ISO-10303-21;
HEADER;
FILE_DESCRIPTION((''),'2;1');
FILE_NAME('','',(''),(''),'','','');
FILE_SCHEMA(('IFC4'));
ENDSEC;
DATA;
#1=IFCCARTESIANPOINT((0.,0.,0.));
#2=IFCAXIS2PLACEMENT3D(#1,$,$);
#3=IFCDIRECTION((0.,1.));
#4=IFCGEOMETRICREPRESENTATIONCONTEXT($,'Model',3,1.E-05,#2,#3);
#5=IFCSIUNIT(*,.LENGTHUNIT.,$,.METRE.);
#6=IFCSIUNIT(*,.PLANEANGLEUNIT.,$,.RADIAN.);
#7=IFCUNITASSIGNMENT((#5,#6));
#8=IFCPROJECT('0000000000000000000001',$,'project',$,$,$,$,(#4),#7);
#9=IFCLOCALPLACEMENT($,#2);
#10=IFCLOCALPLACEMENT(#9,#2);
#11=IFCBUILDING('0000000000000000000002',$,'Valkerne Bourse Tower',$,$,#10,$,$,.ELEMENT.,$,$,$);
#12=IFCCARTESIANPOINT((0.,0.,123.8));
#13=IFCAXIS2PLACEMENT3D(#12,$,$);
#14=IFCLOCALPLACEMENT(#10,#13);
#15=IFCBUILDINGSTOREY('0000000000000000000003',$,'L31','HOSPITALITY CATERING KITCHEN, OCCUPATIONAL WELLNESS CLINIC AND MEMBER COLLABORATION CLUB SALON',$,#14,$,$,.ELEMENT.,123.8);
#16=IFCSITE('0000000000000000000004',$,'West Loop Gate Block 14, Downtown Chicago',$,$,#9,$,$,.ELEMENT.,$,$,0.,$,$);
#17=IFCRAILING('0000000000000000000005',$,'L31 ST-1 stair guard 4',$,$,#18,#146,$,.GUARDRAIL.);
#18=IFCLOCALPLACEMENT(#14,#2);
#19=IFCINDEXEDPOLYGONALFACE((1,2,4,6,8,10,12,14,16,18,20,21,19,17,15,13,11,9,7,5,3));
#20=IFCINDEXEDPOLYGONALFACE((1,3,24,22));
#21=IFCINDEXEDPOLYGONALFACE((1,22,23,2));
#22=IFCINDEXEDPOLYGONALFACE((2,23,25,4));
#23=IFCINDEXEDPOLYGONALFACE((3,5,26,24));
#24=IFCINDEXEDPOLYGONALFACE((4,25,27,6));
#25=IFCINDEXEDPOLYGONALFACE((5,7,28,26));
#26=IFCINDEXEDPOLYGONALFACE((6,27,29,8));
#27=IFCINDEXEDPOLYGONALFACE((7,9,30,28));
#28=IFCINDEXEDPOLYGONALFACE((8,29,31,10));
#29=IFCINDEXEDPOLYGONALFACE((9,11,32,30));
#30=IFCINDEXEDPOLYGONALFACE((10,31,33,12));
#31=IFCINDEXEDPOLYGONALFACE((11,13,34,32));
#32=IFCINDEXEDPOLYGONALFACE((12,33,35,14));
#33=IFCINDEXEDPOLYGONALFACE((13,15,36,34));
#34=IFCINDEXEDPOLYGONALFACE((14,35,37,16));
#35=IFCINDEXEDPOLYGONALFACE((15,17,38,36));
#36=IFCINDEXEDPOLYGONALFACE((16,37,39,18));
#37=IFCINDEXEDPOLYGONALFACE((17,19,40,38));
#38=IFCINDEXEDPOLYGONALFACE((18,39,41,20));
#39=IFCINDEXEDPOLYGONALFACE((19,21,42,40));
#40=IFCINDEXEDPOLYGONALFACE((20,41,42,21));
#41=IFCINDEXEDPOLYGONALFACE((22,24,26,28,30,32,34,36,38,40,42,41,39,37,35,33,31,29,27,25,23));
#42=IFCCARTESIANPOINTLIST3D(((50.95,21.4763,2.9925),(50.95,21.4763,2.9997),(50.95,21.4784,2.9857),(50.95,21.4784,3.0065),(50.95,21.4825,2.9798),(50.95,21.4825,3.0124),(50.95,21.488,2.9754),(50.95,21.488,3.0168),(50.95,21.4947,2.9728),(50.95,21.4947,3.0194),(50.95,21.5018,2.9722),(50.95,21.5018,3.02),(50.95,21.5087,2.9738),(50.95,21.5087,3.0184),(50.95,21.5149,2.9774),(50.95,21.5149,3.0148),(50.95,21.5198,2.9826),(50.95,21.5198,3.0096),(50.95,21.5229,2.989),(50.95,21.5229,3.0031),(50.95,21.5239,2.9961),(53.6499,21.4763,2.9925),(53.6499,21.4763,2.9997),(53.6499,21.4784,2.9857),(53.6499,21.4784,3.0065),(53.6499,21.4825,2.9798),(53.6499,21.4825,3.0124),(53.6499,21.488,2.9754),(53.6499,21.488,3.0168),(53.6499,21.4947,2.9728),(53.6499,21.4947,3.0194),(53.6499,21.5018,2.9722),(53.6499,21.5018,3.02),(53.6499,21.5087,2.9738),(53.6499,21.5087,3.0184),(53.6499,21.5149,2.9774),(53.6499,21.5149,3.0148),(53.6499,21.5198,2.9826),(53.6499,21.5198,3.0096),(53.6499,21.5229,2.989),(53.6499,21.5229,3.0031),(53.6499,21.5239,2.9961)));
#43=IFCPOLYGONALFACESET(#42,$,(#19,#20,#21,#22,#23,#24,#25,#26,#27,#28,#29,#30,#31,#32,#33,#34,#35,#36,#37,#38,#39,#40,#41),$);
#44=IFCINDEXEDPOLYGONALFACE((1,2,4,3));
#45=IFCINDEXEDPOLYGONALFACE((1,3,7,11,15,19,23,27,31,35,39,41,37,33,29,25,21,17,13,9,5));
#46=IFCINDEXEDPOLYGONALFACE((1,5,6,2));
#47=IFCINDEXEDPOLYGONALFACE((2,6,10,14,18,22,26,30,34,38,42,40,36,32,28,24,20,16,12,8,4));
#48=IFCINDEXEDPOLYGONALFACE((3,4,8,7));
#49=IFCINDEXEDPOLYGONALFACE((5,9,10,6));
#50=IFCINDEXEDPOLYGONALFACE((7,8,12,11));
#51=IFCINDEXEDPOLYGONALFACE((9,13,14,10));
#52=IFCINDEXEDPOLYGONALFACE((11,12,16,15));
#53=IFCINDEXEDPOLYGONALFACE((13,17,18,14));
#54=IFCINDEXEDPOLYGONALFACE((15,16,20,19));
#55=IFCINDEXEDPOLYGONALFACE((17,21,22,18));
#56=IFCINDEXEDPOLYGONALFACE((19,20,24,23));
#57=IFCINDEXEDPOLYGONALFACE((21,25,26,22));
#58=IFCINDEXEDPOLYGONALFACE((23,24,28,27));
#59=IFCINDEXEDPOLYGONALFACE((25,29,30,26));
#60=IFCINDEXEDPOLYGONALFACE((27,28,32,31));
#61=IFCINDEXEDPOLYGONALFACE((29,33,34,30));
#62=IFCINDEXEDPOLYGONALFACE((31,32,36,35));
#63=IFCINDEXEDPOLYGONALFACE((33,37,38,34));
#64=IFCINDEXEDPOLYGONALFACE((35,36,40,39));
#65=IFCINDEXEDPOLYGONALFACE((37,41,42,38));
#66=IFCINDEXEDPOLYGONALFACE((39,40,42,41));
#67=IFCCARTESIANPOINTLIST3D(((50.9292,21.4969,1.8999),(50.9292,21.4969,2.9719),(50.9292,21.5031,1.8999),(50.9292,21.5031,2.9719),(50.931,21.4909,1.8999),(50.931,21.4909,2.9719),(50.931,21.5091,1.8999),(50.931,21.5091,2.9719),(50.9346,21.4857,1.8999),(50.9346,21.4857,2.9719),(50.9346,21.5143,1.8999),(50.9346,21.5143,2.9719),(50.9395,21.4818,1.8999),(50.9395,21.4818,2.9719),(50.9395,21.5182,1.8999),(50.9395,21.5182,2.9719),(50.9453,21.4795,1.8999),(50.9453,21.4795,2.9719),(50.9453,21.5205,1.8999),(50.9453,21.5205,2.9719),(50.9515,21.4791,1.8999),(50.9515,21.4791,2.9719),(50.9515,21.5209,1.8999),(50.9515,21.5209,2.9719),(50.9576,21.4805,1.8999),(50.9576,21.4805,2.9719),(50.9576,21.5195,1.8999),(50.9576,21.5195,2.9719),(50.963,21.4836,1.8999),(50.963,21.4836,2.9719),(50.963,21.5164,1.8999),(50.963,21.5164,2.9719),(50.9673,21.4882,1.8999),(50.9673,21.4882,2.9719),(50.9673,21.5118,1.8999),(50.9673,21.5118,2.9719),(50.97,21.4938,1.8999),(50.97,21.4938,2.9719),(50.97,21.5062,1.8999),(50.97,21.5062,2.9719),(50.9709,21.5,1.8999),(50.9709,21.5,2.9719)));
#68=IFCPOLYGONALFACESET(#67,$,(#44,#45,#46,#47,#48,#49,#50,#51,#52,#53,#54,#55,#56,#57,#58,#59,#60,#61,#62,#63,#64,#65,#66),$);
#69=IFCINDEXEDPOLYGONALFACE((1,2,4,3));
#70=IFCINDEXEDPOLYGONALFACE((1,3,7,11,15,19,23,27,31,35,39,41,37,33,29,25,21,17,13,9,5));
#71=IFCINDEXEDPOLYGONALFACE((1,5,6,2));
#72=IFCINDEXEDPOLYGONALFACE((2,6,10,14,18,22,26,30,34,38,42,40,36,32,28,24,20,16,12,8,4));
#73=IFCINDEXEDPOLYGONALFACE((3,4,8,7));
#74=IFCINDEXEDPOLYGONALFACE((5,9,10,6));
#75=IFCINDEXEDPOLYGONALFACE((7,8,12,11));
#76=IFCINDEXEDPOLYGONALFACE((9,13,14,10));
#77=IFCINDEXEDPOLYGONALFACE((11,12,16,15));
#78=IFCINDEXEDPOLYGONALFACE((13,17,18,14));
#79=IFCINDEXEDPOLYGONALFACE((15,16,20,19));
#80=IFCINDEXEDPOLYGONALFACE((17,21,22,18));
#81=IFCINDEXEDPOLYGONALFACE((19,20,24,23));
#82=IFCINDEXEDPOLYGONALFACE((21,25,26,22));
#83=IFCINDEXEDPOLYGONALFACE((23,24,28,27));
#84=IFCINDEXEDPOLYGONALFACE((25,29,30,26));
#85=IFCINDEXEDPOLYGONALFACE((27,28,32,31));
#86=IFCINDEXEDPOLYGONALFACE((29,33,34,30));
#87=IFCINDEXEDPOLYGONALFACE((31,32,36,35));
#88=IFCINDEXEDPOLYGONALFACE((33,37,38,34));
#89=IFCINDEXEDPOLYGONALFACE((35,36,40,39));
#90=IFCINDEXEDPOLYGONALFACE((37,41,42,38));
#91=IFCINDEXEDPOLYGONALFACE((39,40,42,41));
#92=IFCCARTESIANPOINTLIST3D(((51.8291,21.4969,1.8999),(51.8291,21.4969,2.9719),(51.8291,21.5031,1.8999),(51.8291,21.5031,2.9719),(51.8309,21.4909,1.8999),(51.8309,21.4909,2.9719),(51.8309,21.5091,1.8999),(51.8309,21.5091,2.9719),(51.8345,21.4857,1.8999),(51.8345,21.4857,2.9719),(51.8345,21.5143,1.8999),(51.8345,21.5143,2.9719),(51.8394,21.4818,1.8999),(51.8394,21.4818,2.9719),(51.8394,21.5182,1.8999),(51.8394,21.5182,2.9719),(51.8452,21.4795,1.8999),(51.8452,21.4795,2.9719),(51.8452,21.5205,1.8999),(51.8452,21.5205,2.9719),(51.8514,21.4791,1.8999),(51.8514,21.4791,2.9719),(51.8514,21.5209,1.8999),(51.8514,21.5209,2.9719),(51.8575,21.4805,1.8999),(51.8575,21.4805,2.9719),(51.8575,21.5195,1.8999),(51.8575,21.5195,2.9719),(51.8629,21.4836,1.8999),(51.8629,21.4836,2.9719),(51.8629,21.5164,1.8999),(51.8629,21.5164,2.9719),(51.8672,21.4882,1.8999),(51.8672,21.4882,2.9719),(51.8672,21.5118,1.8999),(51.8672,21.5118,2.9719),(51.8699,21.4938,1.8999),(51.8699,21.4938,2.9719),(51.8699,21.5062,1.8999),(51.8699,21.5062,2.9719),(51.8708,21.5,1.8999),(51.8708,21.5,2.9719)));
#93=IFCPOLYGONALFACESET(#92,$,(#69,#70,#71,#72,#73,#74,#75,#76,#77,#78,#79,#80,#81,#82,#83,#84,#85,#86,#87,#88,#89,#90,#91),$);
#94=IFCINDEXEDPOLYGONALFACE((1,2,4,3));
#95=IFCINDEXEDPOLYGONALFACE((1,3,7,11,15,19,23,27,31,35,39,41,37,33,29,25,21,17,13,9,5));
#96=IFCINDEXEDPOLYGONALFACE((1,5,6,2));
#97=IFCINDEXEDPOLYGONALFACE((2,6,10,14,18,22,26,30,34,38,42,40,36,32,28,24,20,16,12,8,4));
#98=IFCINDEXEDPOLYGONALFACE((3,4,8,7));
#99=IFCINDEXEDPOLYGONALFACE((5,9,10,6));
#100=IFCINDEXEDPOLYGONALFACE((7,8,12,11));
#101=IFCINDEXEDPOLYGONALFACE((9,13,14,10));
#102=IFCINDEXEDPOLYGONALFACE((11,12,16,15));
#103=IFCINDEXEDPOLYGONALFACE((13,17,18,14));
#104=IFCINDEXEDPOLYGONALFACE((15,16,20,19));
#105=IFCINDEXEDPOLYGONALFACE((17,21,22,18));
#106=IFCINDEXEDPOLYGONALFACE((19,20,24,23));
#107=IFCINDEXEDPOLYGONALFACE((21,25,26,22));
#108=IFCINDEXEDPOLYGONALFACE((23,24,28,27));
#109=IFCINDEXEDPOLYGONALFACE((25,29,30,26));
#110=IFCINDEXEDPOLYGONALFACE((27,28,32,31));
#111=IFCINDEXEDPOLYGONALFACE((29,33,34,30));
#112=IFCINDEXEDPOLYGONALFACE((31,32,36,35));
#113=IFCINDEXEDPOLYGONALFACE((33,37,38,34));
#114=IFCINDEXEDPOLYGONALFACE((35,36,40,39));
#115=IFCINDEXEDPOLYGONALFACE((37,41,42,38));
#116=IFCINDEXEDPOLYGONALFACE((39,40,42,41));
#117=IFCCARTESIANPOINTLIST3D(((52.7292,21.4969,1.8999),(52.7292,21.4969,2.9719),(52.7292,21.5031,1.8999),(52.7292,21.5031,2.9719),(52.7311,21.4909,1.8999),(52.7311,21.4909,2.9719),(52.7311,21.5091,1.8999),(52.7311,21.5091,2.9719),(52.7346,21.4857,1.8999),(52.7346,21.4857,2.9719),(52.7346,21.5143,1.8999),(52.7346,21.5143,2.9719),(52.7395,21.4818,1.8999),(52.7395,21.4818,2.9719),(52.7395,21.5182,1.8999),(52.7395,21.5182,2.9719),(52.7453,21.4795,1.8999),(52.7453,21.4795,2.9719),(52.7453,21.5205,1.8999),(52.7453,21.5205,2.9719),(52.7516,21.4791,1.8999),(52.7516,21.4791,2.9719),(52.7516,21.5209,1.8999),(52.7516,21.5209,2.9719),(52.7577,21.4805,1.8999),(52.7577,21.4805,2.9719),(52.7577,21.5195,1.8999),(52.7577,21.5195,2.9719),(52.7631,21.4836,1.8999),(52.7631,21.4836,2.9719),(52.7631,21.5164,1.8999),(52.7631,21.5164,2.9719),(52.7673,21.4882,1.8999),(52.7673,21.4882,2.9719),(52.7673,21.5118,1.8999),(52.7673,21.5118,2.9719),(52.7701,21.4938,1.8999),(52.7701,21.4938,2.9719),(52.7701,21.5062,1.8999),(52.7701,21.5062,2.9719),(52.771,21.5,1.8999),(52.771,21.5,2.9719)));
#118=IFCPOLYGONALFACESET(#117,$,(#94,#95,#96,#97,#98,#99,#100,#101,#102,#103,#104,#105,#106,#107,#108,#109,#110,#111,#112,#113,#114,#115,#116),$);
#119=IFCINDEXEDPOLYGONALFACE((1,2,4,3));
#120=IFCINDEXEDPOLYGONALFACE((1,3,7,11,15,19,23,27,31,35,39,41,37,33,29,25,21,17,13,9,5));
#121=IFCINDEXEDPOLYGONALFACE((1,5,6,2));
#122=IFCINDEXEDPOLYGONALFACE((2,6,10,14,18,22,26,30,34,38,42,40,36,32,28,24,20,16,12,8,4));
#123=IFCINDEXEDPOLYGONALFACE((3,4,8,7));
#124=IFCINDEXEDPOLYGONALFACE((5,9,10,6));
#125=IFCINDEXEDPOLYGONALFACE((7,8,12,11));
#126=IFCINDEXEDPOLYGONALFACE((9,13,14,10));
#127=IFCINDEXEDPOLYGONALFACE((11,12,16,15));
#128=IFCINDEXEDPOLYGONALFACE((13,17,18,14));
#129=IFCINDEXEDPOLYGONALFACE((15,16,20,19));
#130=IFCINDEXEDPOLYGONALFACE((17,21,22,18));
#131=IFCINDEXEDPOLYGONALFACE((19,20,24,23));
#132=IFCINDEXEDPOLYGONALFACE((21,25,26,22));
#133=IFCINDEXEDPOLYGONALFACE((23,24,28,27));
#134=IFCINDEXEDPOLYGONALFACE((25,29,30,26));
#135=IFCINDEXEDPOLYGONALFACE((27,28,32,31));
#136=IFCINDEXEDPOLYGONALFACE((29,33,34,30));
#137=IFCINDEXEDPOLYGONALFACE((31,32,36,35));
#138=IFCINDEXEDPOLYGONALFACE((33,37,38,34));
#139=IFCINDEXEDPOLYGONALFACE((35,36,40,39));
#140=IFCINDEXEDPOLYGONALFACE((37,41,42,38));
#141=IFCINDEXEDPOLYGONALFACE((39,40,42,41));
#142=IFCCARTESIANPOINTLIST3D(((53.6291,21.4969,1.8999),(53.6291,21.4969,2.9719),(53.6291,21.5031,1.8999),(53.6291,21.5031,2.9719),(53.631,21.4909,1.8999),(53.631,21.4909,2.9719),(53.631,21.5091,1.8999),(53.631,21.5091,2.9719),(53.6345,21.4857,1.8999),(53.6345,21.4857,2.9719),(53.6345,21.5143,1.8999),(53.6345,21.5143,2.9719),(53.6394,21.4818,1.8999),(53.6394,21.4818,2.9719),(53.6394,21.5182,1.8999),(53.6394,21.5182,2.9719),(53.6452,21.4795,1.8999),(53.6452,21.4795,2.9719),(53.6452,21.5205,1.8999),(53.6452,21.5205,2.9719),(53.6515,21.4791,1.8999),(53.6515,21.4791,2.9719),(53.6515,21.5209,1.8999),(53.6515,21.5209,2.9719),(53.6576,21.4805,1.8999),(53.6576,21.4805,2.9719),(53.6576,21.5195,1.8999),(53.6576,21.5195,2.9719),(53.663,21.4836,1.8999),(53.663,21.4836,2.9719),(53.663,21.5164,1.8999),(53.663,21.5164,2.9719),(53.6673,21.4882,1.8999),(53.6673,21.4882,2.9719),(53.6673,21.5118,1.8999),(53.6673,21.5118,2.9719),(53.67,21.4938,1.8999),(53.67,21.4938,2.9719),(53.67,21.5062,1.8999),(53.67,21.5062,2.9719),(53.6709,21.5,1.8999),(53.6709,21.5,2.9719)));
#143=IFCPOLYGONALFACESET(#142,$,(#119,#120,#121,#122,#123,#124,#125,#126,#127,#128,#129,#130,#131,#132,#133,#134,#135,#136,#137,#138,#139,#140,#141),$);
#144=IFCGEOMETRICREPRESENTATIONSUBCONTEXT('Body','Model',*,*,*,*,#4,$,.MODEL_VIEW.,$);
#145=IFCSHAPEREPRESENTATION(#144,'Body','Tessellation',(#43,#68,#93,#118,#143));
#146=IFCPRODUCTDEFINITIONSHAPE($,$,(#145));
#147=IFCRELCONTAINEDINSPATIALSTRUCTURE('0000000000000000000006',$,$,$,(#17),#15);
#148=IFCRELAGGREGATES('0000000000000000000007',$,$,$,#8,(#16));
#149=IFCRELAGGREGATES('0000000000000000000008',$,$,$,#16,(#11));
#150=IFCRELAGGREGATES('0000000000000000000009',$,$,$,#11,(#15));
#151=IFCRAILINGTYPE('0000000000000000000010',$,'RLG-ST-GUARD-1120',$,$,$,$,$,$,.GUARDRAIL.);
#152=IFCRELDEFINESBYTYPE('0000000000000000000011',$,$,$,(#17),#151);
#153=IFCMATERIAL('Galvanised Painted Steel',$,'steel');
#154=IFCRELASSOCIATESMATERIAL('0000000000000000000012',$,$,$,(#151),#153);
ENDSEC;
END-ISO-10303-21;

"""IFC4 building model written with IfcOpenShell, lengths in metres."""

from ifc_helpers import new_model, si_unit, direction, frame, origin, origin_2d, place, context, subcontext, project, spatial, circle, extrude, material, type_object, element, save


model = new_model("IFC4")

# Units and contexts
model_context = context("Model", 3, precision=1e-05, world=origin(), true_north=direction((0.0, 1.0)))
body_context = subcontext(model_context, "Body", "Model", "MODEL_VIEW")
ifc_project = project(units=[si_unit("LENGTHUNIT", "METRE"), si_unit("PLANEANGLEUNIT", "RADIAN")], contexts=[model_context])

# Site, building, storey
site_placement = place(None, origin())
site = spatial("IfcSite", under=ifc_project, at=site_placement, Name="West Loop Gate Block 14, Downtown Chicago", CompositionType="ELEMENT", RefElevation=0.0)
building_placement = place(site_placement, origin())
building = spatial("IfcBuilding", under=site, at=building_placement, Name="Valkerne Bourse Tower", CompositionType="ELEMENT")
storey_placement = place(building_placement, frame((0.0, 0.0, 123.8)))
storey = spatial("IfcBuildingStorey", under=building, at=storey_placement, Name="L31", Description="HOSPITALITY CATERING KITCHEN, OCCUPATIONAL WELLNESS CLINIC AND MEMBER COLLABORATION CLUB SALON", CompositionType="ELEMENT", Elevation=123.8)

# Shared definitions
ifc_material_1 = material(Name="Galvanised Painted Steel", Category="steel")

# Railing
railing_type_1 = type_object("IfcRailingType", Name="RLG-ST-GUARD-1120", PredefinedType="GUARDRAIL", material=ifc_material_1)
for number, where, name in (
    (1, (50.95, 21.5, 1.8999), "L31 ST-1 stair guard 4"),
):
    element("IfcRailing", number, at=place(storey_placement, frame(where)), inside=storey, type_object=railing_type_1, Name=name, PredefinedType="GUARDRAIL", context=body_context, shape_type="SweptSolid", body=[
        extrude(circle(Radius=0.0239, at=origin_2d()), frame((0.0, 0.0, 1.0962), z_axis=(1.0, 0.0, 0.0), x_axis=(0.0, 1.0, 0.0)), (0.0, 0.0, 1.0), 2.7),
        extrude(circle(Radius=0.021, at=origin_2d()), origin(), (0.0, 0.0, 1.0), 1.072),
        extrude(circle(Radius=0.021, at=origin_2d()), frame((0.8999, 0.0, 0.0)), (0.0, 0.0, 1.0), 1.072),
        extrude(circle(Radius=0.021, at=origin_2d()), frame((1.8, 0.0, 0.0)), (0.0, 0.0, 1.0), 1.072),
        extrude(circle(Radius=0.021, at=origin_2d()), frame((2.7, 0.0, 0.0)), (0.0, 0.0, 1.0), 1.072),
    ])

save(model, "model.ifc")
